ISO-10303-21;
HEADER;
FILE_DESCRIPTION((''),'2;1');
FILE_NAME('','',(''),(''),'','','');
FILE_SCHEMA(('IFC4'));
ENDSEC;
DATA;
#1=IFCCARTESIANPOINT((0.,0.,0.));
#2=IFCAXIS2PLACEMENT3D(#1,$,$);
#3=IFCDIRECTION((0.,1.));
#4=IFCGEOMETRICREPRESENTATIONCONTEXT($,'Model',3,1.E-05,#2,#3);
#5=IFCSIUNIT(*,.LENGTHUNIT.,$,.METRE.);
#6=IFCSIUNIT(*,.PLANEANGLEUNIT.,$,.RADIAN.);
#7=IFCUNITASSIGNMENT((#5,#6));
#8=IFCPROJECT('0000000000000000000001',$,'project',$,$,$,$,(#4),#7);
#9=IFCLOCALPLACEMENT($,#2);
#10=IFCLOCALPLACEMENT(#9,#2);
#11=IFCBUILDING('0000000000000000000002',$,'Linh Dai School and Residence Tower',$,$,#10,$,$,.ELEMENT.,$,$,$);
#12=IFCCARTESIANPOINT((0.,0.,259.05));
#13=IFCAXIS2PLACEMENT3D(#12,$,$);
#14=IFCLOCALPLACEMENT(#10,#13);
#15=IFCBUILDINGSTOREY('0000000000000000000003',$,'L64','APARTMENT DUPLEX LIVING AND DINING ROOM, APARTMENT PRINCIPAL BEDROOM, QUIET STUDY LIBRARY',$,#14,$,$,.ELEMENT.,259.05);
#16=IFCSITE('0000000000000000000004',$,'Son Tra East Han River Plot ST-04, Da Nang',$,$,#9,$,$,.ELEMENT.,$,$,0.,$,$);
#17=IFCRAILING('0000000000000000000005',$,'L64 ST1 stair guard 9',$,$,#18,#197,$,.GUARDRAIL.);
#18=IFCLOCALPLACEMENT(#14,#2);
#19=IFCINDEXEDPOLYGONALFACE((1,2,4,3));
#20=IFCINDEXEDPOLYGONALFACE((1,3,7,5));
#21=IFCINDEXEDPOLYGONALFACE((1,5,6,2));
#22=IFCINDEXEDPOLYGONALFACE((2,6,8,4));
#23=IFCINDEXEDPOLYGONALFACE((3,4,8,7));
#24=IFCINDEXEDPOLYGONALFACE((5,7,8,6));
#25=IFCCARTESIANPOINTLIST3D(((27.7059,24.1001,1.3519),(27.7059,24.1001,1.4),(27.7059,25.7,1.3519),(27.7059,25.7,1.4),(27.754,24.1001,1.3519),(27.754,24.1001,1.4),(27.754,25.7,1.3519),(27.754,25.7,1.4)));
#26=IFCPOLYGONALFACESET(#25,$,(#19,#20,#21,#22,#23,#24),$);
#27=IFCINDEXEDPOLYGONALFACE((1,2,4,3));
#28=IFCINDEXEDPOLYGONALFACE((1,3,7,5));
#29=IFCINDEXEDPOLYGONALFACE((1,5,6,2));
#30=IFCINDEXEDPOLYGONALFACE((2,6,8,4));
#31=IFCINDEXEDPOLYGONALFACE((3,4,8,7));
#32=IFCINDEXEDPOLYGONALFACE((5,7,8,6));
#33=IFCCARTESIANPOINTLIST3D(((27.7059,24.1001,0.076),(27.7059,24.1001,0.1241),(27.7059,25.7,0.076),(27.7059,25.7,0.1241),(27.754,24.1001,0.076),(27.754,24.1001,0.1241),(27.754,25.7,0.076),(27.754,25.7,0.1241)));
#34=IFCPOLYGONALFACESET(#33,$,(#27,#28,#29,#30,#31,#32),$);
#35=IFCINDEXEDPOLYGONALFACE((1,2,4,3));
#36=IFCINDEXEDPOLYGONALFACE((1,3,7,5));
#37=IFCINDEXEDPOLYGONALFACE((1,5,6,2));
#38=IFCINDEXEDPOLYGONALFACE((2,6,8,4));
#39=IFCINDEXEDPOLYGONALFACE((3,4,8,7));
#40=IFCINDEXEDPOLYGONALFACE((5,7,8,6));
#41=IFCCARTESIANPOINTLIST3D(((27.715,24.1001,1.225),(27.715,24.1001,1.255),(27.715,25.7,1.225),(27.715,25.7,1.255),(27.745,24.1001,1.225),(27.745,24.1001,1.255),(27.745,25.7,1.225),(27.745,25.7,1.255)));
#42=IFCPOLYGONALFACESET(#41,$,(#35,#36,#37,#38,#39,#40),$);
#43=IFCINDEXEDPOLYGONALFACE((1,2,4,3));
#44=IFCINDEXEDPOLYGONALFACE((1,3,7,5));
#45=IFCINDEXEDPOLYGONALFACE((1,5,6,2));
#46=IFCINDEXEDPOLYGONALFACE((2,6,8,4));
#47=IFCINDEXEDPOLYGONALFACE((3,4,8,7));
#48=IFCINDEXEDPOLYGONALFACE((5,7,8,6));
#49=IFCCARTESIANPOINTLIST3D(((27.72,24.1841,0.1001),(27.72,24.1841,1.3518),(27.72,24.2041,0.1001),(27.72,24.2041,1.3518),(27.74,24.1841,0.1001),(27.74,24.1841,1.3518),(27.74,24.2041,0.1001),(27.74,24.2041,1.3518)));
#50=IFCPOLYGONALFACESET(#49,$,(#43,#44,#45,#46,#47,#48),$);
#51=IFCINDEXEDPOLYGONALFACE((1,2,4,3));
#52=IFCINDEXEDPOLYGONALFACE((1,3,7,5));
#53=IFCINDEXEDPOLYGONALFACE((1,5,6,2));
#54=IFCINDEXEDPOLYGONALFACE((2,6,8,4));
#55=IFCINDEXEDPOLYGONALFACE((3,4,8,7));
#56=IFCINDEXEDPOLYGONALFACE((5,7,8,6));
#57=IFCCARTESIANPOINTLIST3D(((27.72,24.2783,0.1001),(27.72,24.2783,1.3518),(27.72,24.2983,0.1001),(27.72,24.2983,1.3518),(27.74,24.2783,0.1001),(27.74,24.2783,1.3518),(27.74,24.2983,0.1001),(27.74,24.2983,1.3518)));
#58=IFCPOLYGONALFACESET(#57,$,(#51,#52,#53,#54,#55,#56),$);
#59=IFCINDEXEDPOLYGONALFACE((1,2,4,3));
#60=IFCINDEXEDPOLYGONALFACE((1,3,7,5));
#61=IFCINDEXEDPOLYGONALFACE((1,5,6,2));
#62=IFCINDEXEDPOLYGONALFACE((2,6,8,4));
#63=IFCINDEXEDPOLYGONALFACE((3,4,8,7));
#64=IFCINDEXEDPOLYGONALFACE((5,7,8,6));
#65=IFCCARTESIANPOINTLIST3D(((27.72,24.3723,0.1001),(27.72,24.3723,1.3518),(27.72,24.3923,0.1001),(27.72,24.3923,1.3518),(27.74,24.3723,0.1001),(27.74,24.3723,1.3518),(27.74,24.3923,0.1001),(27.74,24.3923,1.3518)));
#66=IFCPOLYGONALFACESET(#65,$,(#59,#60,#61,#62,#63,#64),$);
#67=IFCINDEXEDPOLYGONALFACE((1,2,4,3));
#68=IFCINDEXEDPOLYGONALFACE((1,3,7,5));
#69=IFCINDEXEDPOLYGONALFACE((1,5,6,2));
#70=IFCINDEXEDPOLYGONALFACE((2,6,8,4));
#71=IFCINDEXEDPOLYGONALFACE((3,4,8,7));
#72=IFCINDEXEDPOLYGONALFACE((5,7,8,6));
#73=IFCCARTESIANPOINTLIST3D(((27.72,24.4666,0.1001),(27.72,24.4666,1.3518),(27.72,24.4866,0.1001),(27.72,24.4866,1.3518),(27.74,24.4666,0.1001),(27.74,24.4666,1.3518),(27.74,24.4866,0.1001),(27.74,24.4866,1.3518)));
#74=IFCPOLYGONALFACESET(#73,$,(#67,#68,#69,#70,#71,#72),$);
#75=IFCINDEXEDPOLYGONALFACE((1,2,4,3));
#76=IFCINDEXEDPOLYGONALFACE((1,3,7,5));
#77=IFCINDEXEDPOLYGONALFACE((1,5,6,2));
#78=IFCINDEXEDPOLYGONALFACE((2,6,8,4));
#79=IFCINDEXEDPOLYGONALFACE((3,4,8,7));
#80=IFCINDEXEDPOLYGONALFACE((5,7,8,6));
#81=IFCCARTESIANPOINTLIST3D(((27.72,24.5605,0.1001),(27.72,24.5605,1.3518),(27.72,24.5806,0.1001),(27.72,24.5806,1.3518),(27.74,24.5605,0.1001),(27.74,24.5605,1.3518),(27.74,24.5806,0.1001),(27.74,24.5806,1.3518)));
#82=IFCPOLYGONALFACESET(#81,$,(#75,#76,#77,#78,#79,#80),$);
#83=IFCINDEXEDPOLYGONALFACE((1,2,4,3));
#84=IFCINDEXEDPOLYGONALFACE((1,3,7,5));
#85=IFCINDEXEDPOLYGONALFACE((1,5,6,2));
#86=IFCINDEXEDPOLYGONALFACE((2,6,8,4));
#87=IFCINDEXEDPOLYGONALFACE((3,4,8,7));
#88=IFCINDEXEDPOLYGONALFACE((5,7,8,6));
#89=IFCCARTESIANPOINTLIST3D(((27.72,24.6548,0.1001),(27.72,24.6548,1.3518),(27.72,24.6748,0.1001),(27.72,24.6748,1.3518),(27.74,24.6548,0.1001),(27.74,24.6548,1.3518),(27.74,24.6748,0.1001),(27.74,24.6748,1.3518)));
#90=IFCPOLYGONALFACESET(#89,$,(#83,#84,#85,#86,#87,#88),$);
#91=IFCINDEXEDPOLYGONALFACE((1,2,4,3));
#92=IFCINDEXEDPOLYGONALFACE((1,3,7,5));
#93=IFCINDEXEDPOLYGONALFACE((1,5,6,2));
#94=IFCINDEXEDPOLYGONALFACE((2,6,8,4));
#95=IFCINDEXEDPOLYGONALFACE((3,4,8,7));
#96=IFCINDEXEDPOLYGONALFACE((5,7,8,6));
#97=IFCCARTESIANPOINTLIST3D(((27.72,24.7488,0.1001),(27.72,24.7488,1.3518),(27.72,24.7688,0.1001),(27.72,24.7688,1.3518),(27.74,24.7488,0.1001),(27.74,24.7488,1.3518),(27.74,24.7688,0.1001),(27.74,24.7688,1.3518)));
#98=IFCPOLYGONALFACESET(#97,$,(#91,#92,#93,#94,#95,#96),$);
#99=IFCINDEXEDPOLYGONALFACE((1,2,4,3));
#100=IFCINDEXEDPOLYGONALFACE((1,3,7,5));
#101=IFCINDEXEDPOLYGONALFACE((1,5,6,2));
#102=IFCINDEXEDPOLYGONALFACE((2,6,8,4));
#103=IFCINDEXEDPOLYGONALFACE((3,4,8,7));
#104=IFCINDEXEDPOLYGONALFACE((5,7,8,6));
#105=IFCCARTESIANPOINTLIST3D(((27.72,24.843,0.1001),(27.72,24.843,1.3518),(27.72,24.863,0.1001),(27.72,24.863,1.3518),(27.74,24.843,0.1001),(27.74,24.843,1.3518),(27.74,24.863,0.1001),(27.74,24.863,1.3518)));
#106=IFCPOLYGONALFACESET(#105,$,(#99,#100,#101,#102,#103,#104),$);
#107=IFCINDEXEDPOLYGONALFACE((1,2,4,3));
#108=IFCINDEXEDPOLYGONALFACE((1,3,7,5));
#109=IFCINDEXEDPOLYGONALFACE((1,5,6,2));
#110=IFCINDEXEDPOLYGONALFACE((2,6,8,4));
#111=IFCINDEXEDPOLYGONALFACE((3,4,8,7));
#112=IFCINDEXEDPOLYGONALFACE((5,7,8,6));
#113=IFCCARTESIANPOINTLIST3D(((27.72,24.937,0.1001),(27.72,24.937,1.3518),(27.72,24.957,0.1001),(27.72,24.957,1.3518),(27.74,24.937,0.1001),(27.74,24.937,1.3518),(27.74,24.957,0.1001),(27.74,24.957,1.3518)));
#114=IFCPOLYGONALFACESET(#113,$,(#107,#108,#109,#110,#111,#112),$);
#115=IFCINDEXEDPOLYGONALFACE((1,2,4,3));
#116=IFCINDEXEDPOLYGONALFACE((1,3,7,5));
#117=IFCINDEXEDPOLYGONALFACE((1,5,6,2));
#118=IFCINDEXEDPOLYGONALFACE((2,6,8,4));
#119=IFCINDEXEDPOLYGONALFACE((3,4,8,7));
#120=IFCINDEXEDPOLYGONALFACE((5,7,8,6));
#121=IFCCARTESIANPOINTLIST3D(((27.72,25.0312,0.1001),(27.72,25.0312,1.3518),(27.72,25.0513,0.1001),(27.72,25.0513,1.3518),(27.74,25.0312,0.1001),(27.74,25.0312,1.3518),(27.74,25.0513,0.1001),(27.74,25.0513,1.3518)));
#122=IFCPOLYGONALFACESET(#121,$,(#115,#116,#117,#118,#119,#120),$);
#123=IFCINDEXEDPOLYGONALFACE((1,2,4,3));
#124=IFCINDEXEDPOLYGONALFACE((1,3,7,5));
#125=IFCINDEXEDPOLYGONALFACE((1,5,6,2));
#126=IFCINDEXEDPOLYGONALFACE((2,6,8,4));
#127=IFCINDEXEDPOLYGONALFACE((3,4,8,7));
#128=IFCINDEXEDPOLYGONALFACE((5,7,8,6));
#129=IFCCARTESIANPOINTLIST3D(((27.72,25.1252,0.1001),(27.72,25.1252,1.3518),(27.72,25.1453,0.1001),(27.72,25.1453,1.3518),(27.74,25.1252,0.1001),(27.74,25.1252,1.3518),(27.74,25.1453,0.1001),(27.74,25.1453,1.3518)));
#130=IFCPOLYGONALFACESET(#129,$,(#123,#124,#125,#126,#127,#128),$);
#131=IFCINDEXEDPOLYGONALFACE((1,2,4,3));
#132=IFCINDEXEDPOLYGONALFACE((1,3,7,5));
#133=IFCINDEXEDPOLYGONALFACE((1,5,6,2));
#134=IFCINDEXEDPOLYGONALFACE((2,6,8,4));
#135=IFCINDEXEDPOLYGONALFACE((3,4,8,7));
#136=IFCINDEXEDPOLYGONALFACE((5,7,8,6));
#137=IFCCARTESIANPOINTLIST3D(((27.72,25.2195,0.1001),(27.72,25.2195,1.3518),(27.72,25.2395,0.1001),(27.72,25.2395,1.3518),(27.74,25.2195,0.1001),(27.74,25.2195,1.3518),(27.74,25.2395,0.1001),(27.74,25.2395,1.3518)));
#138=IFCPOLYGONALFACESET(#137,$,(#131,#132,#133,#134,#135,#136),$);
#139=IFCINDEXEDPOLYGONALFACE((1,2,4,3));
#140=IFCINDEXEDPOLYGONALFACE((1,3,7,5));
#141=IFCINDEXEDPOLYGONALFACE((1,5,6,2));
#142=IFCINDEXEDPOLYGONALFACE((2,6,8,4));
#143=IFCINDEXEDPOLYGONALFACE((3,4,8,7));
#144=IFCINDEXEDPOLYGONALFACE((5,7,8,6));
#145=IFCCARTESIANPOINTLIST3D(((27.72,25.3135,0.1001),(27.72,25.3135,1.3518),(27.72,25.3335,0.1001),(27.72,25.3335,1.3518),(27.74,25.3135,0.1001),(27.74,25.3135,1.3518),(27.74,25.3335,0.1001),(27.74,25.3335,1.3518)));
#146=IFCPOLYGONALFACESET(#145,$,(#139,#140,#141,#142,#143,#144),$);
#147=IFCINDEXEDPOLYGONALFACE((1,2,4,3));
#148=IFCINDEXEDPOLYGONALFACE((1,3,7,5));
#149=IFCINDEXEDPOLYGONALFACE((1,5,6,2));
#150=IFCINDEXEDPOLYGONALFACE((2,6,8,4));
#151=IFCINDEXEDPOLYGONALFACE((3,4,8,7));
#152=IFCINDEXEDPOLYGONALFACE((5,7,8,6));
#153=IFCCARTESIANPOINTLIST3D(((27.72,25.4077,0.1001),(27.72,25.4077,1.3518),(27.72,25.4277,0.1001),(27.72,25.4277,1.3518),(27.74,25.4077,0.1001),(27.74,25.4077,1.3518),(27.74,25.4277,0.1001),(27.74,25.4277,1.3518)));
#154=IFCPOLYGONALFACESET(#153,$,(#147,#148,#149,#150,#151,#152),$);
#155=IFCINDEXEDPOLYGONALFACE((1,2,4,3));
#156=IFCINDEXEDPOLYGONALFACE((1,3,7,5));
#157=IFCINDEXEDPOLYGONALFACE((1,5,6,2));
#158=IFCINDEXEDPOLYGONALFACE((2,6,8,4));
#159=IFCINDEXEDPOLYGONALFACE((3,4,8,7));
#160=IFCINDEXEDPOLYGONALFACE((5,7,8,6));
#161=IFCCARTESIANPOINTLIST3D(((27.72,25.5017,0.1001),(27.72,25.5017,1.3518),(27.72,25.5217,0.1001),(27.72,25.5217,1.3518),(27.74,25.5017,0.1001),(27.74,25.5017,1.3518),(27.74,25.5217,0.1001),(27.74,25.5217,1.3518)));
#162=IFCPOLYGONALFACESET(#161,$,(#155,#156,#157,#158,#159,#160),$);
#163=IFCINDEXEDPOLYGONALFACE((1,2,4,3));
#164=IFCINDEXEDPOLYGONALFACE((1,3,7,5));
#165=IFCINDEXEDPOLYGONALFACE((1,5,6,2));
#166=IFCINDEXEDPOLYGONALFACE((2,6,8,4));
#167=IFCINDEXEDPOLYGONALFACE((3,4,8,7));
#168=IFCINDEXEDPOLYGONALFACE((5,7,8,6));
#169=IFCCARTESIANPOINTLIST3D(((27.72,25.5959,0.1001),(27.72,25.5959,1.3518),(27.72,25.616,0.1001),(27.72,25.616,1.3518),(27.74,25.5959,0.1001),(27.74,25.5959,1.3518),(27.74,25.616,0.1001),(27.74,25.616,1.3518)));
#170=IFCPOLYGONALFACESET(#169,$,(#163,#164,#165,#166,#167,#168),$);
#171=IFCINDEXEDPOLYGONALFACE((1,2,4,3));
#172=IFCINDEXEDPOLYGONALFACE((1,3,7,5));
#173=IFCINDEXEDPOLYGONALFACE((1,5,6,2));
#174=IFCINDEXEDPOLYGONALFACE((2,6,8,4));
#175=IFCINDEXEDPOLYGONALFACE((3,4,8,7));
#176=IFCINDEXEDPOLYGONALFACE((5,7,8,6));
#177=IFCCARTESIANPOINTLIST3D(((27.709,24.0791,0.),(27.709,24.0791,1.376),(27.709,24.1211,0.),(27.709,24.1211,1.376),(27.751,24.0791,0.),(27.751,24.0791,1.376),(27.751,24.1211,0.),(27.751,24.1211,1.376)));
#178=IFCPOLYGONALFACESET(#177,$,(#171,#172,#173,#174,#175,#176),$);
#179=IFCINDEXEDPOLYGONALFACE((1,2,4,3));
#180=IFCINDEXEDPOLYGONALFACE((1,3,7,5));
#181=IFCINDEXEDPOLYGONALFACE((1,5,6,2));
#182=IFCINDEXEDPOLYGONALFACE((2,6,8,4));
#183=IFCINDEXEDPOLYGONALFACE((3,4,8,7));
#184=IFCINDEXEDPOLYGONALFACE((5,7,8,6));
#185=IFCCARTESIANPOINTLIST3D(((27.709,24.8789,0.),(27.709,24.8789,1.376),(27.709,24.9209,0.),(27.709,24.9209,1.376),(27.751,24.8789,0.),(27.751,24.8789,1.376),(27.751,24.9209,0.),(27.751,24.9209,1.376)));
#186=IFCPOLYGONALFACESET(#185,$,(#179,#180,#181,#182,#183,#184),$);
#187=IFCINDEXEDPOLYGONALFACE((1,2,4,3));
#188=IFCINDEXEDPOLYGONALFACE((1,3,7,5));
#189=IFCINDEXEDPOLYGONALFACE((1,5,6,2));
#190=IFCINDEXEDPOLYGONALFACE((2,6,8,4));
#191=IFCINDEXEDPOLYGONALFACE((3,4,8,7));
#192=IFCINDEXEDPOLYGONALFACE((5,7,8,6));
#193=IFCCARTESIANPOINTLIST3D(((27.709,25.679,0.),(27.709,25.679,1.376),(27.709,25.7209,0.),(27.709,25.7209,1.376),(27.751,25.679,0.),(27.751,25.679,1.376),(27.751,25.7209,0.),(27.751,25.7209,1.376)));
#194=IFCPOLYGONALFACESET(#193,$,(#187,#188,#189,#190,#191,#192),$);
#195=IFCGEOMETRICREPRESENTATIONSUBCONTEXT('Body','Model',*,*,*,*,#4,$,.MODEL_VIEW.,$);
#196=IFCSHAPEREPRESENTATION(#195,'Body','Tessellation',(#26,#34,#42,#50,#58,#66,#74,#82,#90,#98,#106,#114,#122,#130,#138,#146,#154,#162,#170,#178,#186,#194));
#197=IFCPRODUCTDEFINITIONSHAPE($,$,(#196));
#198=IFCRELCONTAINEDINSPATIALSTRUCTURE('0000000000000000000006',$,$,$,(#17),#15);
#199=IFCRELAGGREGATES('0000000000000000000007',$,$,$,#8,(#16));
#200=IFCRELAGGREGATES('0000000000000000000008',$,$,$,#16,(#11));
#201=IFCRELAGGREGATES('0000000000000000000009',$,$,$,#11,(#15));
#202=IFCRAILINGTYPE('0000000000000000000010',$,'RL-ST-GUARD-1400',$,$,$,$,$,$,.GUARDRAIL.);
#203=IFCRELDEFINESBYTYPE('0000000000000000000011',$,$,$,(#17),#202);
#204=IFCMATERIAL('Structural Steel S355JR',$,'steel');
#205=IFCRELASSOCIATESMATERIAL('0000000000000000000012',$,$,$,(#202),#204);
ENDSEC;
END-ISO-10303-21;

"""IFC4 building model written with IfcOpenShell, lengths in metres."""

from ifc_helpers import new_model, si_unit, direction, frame, origin, origin_2d, place, context, subcontext, project, spatial, rectangle, extrude, source, transform, mapped, material, type_object, element, save


model = new_model("IFC4")

# Units and contexts
model_context = context("Model", 3, precision=1e-05, world=origin(), true_north=direction((0.0, 1.0)))
body_context = subcontext(model_context, "Body", "Model", "MODEL_VIEW")
ifc_project = project(units=[si_unit("LENGTHUNIT", "METRE"), si_unit("PLANEANGLEUNIT", "RADIAN")], contexts=[model_context])

# Site, building, storey
site_placement = place(None, origin())
site = spatial("IfcSite", under=ifc_project, at=site_placement, Name="Son Tra East Han River Plot ST-04, Da Nang", CompositionType="ELEMENT", RefElevation=0.0)
building_placement = place(site_placement, origin())
building = spatial("IfcBuilding", under=site, at=building_placement, Name="Linh Dai School and Residence Tower", CompositionType="ELEMENT")
storey_placement = place(building_placement, frame((0.0, 0.0, 259.05)))
storey = spatial("IfcBuildingStorey", under=building, at=storey_placement, Name="L64", Description="APARTMENT DUPLEX LIVING AND DINING ROOM, APARTMENT PRINCIPAL BEDROOM, QUIET STUDY LIBRARY", CompositionType="ELEMENT", Elevation=259.05)

# Shared definitions
ifc_material_1 = material(Name="Structural Steel S355JR", Category="steel")

# Railing
railing_type = type_object("IfcRailingType", Name="RL-ST-GUARD-1400", PredefinedType="GUARDRAIL", material=ifc_material_1)
shared_shape_1 = source(origin(), body_context, "Body", "SweptSolid", [
    extrude(rectangle(XDim=0.0481, YDim=0.0481, at=origin_2d()), frame((0.0, 0.0, 1.376), z_axis=(0.0, 1.0, 0.0), x_axis=(-1.0, 0.0, 0.0)), (0.0, 0.0, 1.0), 1.5999),
    extrude(rectangle(XDim=0.0481, YDim=0.0481, at=origin_2d()), frame((0.0, 0.0, 0.1001), z_axis=(0.0, 1.0, 0.0), x_axis=(-1.0, 0.0, 0.0)), (0.0, 0.0, 1.0), 1.5999),
    extrude(rectangle(XDim=0.03, YDim=0.03, at=origin_2d()), frame((0.0, 0.0, 1.24), z_axis=(0.0, 1.0, 0.0), x_axis=(-1.0, 0.0, 0.0)), (0.0, 0.0, 1.0), 1.5999),
    extrude(rectangle(XDim=0.02, YDim=0.02, at=origin_2d()), frame((0.0, 0.094, 0.1001)), (0.0, 0.0, 1.0), 1.2517),
    extrude(rectangle(XDim=0.02, YDim=0.02, at=origin_2d()), frame((0.0, 0.1882, 0.1001)), (0.0, 0.0, 1.0), 1.2517),
    extrude(rectangle(XDim=0.02, YDim=0.02, at=origin_2d()), frame((0.0, 0.2822, 0.1001)), (0.0, 0.0, 1.0), 1.2517),
    extrude(rectangle(XDim=0.02, YDim=0.02, at=origin_2d()), frame((0.0, 0.3765, 0.1001)), (0.0, 0.0, 1.0), 1.2517),
    extrude(rectangle(XDim=0.02, YDim=0.02, at=origin_2d()), frame((0.0, 0.4705, 0.1001)), (0.0, 0.0, 1.0), 1.2517),
    extrude(rectangle(XDim=0.02, YDim=0.02, at=origin_2d()), frame((0.0, 0.5647, 0.1001)), (0.0, 0.0, 1.0), 1.2517),
    extrude(rectangle(XDim=0.02, YDim=0.02, at=origin_2d()), frame((0.0, 0.6587, 0.1001)), (0.0, 0.0, 1.0), 1.2517),
    extrude(rectangle(XDim=0.02, YDim=0.02, at=origin_2d()), frame((0.0, 0.7529, 0.1001)), (0.0, 0.0, 1.0), 1.2517),
    extrude(rectangle(XDim=0.02, YDim=0.02, at=origin_2d()), frame((0.0, 0.8469, 0.1001)), (0.0, 0.0, 1.0), 1.2517),
    extrude(rectangle(XDim=0.02, YDim=0.02, at=origin_2d()), frame((0.0, 0.9412, 0.1001)), (0.0, 0.0, 1.0), 1.2517),
    extrude(rectangle(XDim=0.02, YDim=0.02, at=origin_2d()), frame((0.0, 1.0352, 0.1001)), (0.0, 0.0, 1.0), 1.2517),
    extrude(rectangle(XDim=0.02, YDim=0.02, at=origin_2d()), frame((0.0, 1.1294, 0.1001)), (0.0, 0.0, 1.0), 1.2517),
    extrude(rectangle(XDim=0.02, YDim=0.02, at=origin_2d()), frame((0.0, 1.2234, 0.1001)), (0.0, 0.0, 1.0), 1.2517),
    extrude(rectangle(XDim=0.02, YDim=0.02, at=origin_2d()), frame((0.0, 1.3176, 0.1001)), (0.0, 0.0, 1.0), 1.2517),
    extrude(rectangle(XDim=0.02, YDim=0.02, at=origin_2d()), frame((0.0, 1.4116, 0.1001)), (0.0, 0.0, 1.0), 1.2517),
    extrude(rectangle(XDim=0.02, YDim=0.02, at=origin_2d()), frame((0.0, 1.5059, 0.1001)), (0.0, 0.0, 1.0), 1.2517),
    extrude(rectangle(XDim=0.042, YDim=0.042, at=origin_2d()), origin(), (0.0, 0.0, 1.0), 1.376),
    extrude(rectangle(XDim=0.042, YDim=0.042, at=origin_2d()), frame((0.0, 0.7998, 0.0)), (0.0, 0.0, 1.0), 1.376),
    extrude(rectangle(XDim=0.042, YDim=0.042, at=origin_2d()), frame((0.0, 1.5999, 0.0)), (0.0, 0.0, 1.0), 1.376),
])
for number, where, name in (
    (1, (27.73, 24.1001, 0.0), "L64 ST1 stair guard 9"),
):
    element("IfcRailing", number, at=place(storey_placement, frame(where)), inside=storey, type_object=railing_type, Name=name, PredefinedType="GUARDRAIL", context=body_context, shape_type="MappedRepresentation", body=[
        mapped(shared_shape_1, transform((0.0, 0.0, 0.0), x_axis=(1.0, 0.0, 0.0), y_axis=(0.0, 1.0, 0.0), z_axis=(0.0, 0.0, 1.0), scale=1.0)),
    ])

save(model, "model.ifc")
